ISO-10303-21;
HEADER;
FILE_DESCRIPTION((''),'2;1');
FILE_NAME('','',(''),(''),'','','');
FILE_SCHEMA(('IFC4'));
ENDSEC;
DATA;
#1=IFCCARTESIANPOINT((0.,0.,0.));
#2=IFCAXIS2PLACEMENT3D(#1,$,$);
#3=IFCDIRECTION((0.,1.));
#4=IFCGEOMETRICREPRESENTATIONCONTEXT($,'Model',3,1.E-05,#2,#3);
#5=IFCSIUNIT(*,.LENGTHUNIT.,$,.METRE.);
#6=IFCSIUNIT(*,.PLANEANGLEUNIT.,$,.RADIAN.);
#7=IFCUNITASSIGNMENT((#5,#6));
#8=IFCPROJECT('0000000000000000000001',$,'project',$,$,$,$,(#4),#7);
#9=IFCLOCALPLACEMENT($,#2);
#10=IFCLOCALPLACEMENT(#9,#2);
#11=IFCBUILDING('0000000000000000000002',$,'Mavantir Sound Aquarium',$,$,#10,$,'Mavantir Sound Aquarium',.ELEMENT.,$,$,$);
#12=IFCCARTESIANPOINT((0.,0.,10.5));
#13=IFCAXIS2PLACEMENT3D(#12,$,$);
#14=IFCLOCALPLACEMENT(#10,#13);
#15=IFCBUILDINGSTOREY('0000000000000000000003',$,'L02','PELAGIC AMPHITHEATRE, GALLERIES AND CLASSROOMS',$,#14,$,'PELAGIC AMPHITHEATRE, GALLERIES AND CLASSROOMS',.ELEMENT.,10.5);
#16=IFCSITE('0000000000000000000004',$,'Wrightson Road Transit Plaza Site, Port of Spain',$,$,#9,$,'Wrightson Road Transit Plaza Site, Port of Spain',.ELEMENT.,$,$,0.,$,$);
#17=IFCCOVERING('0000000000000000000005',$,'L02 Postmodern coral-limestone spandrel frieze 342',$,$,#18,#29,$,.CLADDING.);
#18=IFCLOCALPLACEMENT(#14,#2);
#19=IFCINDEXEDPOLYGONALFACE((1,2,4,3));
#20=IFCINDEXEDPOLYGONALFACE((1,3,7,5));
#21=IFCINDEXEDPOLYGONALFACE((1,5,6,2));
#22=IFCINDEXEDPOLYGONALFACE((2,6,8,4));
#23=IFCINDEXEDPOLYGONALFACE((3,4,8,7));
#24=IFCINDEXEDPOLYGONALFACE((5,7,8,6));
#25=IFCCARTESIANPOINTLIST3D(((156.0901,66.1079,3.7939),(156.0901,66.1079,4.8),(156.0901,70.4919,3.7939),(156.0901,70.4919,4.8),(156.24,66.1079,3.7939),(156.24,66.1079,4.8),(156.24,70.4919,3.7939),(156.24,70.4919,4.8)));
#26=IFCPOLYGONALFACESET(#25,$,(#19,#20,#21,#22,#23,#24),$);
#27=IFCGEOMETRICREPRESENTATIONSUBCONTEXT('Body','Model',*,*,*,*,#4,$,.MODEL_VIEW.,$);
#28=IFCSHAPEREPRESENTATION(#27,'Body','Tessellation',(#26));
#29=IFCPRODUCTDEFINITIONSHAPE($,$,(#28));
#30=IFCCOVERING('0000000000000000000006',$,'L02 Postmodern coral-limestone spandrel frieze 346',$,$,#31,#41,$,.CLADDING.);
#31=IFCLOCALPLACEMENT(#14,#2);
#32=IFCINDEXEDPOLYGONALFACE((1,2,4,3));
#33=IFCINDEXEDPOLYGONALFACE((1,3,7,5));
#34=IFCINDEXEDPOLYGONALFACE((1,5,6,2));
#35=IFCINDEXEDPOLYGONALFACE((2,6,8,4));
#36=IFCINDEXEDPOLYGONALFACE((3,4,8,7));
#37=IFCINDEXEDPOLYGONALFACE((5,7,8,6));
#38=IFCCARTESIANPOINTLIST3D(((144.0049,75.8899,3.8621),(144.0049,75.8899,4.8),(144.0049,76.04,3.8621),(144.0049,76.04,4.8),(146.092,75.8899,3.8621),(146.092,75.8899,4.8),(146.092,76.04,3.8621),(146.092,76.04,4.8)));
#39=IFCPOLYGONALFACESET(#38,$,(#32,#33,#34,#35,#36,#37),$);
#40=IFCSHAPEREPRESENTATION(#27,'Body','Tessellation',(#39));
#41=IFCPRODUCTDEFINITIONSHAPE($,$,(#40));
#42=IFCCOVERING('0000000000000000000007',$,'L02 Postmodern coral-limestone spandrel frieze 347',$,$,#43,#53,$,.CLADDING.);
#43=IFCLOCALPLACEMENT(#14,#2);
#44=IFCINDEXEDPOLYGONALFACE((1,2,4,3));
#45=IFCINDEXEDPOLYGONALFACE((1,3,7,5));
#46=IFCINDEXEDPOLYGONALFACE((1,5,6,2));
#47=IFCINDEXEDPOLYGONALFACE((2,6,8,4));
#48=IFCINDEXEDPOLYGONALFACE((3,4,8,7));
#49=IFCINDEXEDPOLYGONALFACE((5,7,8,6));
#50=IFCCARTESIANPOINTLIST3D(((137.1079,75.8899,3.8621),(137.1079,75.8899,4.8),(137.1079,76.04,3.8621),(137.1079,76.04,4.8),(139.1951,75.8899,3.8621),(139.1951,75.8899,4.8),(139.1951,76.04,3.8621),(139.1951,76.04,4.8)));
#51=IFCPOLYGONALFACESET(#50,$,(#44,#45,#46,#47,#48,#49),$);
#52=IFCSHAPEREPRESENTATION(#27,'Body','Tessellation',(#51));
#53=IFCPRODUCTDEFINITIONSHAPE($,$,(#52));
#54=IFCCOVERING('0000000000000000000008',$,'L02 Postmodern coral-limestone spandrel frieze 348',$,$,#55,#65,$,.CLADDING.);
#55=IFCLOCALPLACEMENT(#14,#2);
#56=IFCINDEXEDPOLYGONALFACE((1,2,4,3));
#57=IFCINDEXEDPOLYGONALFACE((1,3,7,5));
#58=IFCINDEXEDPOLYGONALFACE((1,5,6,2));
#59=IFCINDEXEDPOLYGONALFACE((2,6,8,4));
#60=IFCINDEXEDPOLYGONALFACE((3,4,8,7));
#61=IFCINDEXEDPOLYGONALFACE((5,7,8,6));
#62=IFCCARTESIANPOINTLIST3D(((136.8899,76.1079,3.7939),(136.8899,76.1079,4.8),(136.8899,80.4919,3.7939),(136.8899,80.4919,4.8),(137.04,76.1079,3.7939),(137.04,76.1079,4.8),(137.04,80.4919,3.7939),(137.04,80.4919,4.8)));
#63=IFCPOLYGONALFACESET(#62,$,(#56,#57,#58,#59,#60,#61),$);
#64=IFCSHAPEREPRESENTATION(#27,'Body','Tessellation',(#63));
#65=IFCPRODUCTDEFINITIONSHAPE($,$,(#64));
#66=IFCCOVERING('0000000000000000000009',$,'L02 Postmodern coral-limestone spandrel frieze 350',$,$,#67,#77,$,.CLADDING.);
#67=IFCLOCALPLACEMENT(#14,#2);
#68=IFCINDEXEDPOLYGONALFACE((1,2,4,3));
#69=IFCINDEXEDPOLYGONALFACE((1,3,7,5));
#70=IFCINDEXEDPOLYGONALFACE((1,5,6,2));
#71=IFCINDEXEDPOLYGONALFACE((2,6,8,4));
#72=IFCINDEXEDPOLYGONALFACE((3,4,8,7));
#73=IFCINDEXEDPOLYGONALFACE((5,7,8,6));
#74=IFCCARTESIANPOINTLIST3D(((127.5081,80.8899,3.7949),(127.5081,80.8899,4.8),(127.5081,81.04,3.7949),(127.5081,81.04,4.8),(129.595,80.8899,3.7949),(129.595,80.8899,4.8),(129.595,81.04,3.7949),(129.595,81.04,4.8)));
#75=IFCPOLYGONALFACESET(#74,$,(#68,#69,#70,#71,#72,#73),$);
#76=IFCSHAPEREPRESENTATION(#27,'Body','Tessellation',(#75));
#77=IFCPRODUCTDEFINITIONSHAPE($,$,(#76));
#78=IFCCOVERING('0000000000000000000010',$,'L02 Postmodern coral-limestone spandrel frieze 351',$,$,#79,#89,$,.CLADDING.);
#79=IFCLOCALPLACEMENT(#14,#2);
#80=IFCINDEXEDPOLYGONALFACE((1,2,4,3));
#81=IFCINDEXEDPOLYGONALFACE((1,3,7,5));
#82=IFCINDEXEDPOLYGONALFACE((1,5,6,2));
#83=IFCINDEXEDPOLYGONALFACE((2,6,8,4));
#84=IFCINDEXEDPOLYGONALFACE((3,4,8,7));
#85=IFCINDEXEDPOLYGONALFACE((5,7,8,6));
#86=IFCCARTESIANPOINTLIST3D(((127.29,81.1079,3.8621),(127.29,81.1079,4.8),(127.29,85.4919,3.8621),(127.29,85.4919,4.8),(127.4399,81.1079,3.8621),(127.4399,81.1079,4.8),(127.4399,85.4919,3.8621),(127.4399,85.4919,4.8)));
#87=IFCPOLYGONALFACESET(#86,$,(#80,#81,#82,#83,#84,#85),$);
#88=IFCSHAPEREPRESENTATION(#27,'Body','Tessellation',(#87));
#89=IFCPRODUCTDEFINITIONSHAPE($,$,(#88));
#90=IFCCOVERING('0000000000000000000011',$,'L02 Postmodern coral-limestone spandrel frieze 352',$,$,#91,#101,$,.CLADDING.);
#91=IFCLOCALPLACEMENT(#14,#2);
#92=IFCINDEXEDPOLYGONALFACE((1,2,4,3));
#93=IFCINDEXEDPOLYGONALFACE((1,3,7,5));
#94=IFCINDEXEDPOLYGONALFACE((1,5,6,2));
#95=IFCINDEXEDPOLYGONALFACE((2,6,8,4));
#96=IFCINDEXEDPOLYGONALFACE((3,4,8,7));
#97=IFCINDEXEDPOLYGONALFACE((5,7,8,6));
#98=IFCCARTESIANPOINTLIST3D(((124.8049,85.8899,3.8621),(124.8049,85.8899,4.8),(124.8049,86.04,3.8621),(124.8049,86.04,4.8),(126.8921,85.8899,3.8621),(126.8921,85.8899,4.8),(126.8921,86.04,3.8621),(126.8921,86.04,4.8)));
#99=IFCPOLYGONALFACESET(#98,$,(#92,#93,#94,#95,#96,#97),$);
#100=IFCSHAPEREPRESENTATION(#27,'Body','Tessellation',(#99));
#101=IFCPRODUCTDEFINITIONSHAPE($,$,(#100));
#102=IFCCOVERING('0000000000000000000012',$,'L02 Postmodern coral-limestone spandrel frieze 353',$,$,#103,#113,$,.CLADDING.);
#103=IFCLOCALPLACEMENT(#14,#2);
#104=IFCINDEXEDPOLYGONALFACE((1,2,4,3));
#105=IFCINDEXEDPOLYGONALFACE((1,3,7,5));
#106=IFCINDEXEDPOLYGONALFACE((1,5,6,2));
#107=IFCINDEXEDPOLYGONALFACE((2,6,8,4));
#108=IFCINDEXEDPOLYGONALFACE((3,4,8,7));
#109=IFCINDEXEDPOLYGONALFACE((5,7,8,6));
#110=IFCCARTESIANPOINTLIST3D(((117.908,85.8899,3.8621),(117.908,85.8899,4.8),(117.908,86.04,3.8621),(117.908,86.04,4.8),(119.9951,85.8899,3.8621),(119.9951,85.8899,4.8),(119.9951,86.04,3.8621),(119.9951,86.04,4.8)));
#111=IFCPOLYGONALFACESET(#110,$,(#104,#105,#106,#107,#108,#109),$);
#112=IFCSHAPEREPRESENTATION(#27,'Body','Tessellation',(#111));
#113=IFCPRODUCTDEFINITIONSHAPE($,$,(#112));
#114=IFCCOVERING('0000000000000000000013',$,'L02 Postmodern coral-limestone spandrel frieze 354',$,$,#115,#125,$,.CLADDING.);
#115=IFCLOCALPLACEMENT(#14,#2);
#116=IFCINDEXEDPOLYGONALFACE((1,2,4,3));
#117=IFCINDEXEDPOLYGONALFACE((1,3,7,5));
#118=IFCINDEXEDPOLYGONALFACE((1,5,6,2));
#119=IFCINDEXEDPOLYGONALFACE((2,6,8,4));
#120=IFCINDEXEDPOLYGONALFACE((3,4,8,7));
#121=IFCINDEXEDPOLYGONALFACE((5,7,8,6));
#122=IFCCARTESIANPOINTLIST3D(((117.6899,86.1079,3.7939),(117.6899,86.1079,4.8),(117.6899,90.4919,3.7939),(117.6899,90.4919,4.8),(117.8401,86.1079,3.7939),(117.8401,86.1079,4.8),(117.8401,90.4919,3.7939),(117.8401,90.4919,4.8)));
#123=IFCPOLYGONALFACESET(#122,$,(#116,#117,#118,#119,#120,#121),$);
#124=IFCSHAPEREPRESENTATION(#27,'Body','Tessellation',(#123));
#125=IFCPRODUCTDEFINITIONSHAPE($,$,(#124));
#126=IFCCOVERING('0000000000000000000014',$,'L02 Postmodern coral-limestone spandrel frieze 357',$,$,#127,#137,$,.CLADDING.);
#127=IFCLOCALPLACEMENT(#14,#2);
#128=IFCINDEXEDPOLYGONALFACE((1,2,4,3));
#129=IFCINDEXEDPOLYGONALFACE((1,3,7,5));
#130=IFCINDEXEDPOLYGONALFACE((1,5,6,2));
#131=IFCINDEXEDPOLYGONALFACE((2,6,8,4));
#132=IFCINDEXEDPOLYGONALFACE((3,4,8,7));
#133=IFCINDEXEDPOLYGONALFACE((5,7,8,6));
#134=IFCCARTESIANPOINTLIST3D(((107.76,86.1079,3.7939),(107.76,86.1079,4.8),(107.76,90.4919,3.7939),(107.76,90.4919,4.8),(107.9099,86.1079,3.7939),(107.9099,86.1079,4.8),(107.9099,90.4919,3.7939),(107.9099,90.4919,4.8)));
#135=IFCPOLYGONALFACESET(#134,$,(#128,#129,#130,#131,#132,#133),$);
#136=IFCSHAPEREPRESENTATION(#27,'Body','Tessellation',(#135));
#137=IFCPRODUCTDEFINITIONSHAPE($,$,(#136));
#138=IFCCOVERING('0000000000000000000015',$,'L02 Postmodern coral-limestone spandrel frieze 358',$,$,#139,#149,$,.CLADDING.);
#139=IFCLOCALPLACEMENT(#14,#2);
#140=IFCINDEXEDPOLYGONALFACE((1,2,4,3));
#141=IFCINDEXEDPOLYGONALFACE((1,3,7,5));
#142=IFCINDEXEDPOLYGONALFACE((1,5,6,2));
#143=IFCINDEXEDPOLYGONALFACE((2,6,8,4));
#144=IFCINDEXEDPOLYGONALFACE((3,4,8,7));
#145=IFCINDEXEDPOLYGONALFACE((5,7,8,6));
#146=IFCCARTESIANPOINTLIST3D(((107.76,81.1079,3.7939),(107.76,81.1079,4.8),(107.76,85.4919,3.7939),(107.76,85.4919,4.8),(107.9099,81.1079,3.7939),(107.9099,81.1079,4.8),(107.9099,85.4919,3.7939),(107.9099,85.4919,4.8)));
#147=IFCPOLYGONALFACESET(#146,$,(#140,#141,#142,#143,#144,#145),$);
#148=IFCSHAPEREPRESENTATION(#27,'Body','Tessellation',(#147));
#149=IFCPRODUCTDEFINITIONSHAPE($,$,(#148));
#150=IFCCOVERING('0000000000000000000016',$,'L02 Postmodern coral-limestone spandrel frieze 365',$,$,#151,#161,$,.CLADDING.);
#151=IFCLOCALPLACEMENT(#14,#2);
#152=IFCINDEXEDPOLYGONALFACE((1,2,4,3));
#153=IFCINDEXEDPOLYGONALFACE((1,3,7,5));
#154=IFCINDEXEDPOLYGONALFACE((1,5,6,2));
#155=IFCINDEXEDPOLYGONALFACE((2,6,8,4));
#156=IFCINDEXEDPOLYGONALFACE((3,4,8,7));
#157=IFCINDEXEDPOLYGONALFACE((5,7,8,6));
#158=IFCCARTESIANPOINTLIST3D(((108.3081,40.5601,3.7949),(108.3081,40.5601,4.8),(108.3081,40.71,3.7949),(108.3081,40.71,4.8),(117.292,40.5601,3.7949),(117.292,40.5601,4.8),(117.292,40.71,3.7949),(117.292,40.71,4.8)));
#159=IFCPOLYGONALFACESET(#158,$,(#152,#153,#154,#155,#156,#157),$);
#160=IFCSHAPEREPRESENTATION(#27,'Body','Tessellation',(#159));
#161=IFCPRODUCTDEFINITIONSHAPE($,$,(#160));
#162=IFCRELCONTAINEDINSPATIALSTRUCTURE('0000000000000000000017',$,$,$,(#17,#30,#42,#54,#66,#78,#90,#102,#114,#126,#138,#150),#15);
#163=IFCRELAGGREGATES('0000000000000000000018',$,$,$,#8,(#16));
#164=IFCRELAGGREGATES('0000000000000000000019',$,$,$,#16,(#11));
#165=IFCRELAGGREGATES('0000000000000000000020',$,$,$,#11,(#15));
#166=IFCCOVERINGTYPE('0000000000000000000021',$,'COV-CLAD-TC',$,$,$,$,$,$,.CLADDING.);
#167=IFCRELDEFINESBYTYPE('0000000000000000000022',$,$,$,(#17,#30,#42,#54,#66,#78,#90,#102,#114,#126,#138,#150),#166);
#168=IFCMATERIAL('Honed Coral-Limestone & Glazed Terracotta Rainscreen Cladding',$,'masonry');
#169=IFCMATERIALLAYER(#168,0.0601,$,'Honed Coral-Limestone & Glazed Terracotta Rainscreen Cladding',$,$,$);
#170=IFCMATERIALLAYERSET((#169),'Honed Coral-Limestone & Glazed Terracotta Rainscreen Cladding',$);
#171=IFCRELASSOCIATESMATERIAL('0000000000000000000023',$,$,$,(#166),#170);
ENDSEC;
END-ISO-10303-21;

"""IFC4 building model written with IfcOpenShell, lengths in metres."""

from ifc_helpers import new_model, si_unit, direction, frame, origin, place, context, subcontext, project, spatial, polyline, outline, extrude, material, layer, layer_set, type_object, element, save


model = new_model("IFC4")

# Units and contexts
model_context = context("Model", 3, precision=1e-05, world=origin(), true_north=direction((0.0, 1.0)))
body_context = subcontext(model_context, "Body", "Model", "MODEL_VIEW")
ifc_project = project(units=[si_unit("LENGTHUNIT", "METRE"), si_unit("PLANEANGLEUNIT", "RADIAN")], contexts=[model_context])

# Site, building, storey
site_placement = place(None, origin())
site = spatial("IfcSite", under=ifc_project, at=site_placement, Name="Wrightson Road Transit Plaza Site, Port of Spain", LongName="Wrightson Road Transit Plaza Site, Port of Spain", CompositionType="ELEMENT", RefElevation=0.0)
building_placement = place(site_placement, origin())
building = spatial("IfcBuilding", under=site, at=building_placement, Name="Mavantir Sound Aquarium", LongName="Mavantir Sound Aquarium", CompositionType="ELEMENT")
storey_placement = place(building_placement, frame((0.0, 0.0, 10.5)))
storey = spatial("IfcBuildingStorey", under=building, at=storey_placement, Name="L02", Description="PELAGIC AMPHITHEATRE, GALLERIES AND CLASSROOMS", LongName="PELAGIC AMPHITHEATRE, GALLERIES AND CLASSROOMS", CompositionType="ELEMENT", Elevation=10.5)

# Coverings
ifc_material_1 = material(Name="Honed Coral-Limestone & Glazed Terracotta Rainscreen Cladding", Category="masonry")
ifc_layer = layer(ifc_material_1, 0.0601, Name="Honed Coral-Limestone & Glazed Terracotta Rainscreen Cladding")
ifc_layer_set = layer_set([ifc_layer], Name="Honed Coral-Limestone & Glazed Terracotta Rainscreen Cladding")
covering_type = type_object("IfcCoveringType", Name="COV-CLAD-TC", PredefinedType="CLADDING", material=ifc_layer_set)
covering_1_placement = place(storey_placement, frame((0.0, 0.0, 3.7939)))
element("IfcCovering", 1, at=covering_1_placement, inside=storey, type_object=covering_type, Name="L02 Postmodern coral-limestone spandrel frieze 342", PredefinedType="CLADDING", context=body_context, shape_type="SweptSolid", body=[
    extrude(outline(polyline([(156.0901, 66.1079), (156.0901, 70.4919), (156.24, 70.4919), (156.24, 66.1079), (156.0901, 66.1079)])), origin(), (0.0, 0.0, 1.0), 1.0061),
])
covering_2_placement = place(storey_placement, frame((0.0, 0.0, 3.8621)))
element("IfcCovering", 2, at=covering_2_placement, inside=storey, type_object=covering_type, Name="L02 Postmodern coral-limestone spandrel frieze 346", PredefinedType="CLADDING", context=body_context, shape_type="SweptSolid", body=[
    extrude(outline(polyline([(146.092, 75.8899), (144.0049, 75.8899), (144.0049, 76.04), (146.092, 76.04), (146.092, 75.8899)])), origin(), (0.0, 0.0, 1.0), 0.938),
])
covering_3_placement = place(storey_placement, frame((0.0, 0.0, 3.8621)))
element("IfcCovering", 3, at=covering_3_placement, inside=storey, type_object=covering_type, Name="L02 Postmodern coral-limestone spandrel frieze 347", PredefinedType="CLADDING", context=body_context, shape_type="SweptSolid", body=[
    extrude(outline(polyline([(139.1951, 75.8899), (137.1079, 75.8899), (137.1079, 76.04), (139.1951, 76.04), (139.1951, 75.8899)])), origin(), (0.0, 0.0, 1.0), 0.938),
])
covering_4_placement = place(storey_placement, frame((0.0, 0.0, 3.7939)))
element("IfcCovering", 4, at=covering_4_placement, inside=storey, type_object=covering_type, Name="L02 Postmodern coral-limestone spandrel frieze 348", PredefinedType="CLADDING", context=body_context, shape_type="SweptSolid", body=[
    extrude(outline(polyline([(136.8899, 76.1079), (136.8899, 80.4919), (137.04, 80.4919), (137.04, 76.1079), (136.8899, 76.1079)])), origin(), (0.0, 0.0, 1.0), 1.0061),
])
covering_5_placement = place(storey_placement, frame((0.0, 0.0, 3.7949)))
element("IfcCovering", 5, at=covering_5_placement, inside=storey, type_object=covering_type, Name="L02 Postmodern coral-limestone spandrel frieze 350", PredefinedType="CLADDING", context=body_context, shape_type="SweptSolid", body=[
    extrude(outline(polyline([(129.595, 80.8899), (127.5081, 80.8899), (127.5081, 81.04), (129.595, 81.04), (129.595, 80.8899)])), origin(), (0.0, 0.0, 1.0), 1.0051),
])
covering_6_placement = place(storey_placement, frame((0.0, 0.0, 3.8621)))
element("IfcCovering", 6, at=covering_6_placement, inside=storey, type_object=covering_type, Name="L02 Postmodern coral-limestone spandrel frieze 351", PredefinedType="CLADDING", context=body_context, shape_type="SweptSolid", body=[
    extrude(outline(polyline([(127.29, 81.1079), (127.29, 85.4919), (127.4399, 85.4919), (127.4399, 81.1079), (127.29, 81.1079)])), origin(), (0.0, 0.0, 1.0), 0.938),
])
covering_7_placement = place(storey_placement, frame((0.0, 0.0, 3.8621)))
element("IfcCovering", 7, at=covering_7_placement, inside=storey, type_object=covering_type, Name="L02 Postmodern coral-limestone spandrel frieze 352", PredefinedType="CLADDING", context=body_context, shape_type="SweptSolid", body=[
    extrude(outline(polyline([(126.8921, 85.8899), (124.8049, 85.8899), (124.8049, 86.04), (126.8921, 86.04), (126.8921, 85.8899)])), origin(), (0.0, 0.0, 1.0), 0.938),
])
covering_8_placement = place(storey_placement, frame((0.0, 0.0, 3.8621)))
element("IfcCovering", 8, at=covering_8_placement, inside=storey, type_object=covering_type, Name="L02 Postmodern coral-limestone spandrel frieze 353", PredefinedType="CLADDING", context=body_context, shape_type="SweptSolid", body=[
    extrude(outline(polyline([(119.9951, 85.8899), (117.908, 85.8899), (117.908, 86.04), (119.9951, 86.04), (119.9951, 85.8899)])), origin(), (0.0, 0.0, 1.0), 0.938),
])
covering_9_placement = place(storey_placement, frame((0.0, 0.0, 3.7939)))
element("IfcCovering", 9, at=covering_9_placement, inside=storey, type_object=covering_type, Name="L02 Postmodern coral-limestone spandrel frieze 354", PredefinedType="CLADDING", context=body_context, shape_type="SweptSolid", body=[
    extrude(outline(polyline([(117.6899, 86.1079), (117.6899, 90.4919), (117.8401, 90.4919), (117.8401, 86.1079), (117.6899, 86.1079)])), origin(), (0.0, 0.0, 1.0), 1.0061),
])
covering_10_placement = place(storey_placement, frame((0.0, 0.0, 3.7939)))
element("IfcCovering", 10, at=covering_10_placement, inside=storey, type_object=covering_type, Name="L02 Postmodern coral-limestone spandrel frieze 357", PredefinedType="CLADDING", context=body_context, shape_type="SweptSolid", body=[
    extrude(outline(polyline([(107.9099, 90.4919), (107.9099, 86.1079), (107.76, 86.1079), (107.76, 90.4919), (107.9099, 90.4919)])), origin(), (0.0, 0.0, 1.0), 1.0061),
])
covering_11_placement = place(storey_placement, frame((0.0, 0.0, 3.7939)))
element("IfcCovering", 11, at=covering_11_placement, inside=storey, type_object=covering_type, Name="L02 Postmodern coral-limestone spandrel frieze 358", PredefinedType="CLADDING", context=body_context, shape_type="SweptSolid", body=[
    extrude(outline(polyline([(107.9099, 85.4919), (107.9099, 81.1079), (107.76, 81.1079), (107.76, 85.4919), (107.9099, 85.4919)])), origin(), (0.0, 0.0, 1.0), 1.0061),
])
covering_12_placement = place(storey_placement, frame((0.0, 0.0, 3.7949)))
element("IfcCovering", 12, at=covering_12_placement, inside=storey, type_object=covering_type, Name="L02 Postmodern coral-limestone spandrel frieze 365", PredefinedType="CLADDING", context=body_context, shape_type="SweptSolid", body=[
    extrude(outline(polyline([(108.3081, 40.71), (117.292, 40.71), (117.292, 40.5601), (108.3081, 40.5601), (108.3081, 40.71)])), origin(), (0.0, 0.0, 1.0), 1.0051),
])

save(model, "model.ifc")
